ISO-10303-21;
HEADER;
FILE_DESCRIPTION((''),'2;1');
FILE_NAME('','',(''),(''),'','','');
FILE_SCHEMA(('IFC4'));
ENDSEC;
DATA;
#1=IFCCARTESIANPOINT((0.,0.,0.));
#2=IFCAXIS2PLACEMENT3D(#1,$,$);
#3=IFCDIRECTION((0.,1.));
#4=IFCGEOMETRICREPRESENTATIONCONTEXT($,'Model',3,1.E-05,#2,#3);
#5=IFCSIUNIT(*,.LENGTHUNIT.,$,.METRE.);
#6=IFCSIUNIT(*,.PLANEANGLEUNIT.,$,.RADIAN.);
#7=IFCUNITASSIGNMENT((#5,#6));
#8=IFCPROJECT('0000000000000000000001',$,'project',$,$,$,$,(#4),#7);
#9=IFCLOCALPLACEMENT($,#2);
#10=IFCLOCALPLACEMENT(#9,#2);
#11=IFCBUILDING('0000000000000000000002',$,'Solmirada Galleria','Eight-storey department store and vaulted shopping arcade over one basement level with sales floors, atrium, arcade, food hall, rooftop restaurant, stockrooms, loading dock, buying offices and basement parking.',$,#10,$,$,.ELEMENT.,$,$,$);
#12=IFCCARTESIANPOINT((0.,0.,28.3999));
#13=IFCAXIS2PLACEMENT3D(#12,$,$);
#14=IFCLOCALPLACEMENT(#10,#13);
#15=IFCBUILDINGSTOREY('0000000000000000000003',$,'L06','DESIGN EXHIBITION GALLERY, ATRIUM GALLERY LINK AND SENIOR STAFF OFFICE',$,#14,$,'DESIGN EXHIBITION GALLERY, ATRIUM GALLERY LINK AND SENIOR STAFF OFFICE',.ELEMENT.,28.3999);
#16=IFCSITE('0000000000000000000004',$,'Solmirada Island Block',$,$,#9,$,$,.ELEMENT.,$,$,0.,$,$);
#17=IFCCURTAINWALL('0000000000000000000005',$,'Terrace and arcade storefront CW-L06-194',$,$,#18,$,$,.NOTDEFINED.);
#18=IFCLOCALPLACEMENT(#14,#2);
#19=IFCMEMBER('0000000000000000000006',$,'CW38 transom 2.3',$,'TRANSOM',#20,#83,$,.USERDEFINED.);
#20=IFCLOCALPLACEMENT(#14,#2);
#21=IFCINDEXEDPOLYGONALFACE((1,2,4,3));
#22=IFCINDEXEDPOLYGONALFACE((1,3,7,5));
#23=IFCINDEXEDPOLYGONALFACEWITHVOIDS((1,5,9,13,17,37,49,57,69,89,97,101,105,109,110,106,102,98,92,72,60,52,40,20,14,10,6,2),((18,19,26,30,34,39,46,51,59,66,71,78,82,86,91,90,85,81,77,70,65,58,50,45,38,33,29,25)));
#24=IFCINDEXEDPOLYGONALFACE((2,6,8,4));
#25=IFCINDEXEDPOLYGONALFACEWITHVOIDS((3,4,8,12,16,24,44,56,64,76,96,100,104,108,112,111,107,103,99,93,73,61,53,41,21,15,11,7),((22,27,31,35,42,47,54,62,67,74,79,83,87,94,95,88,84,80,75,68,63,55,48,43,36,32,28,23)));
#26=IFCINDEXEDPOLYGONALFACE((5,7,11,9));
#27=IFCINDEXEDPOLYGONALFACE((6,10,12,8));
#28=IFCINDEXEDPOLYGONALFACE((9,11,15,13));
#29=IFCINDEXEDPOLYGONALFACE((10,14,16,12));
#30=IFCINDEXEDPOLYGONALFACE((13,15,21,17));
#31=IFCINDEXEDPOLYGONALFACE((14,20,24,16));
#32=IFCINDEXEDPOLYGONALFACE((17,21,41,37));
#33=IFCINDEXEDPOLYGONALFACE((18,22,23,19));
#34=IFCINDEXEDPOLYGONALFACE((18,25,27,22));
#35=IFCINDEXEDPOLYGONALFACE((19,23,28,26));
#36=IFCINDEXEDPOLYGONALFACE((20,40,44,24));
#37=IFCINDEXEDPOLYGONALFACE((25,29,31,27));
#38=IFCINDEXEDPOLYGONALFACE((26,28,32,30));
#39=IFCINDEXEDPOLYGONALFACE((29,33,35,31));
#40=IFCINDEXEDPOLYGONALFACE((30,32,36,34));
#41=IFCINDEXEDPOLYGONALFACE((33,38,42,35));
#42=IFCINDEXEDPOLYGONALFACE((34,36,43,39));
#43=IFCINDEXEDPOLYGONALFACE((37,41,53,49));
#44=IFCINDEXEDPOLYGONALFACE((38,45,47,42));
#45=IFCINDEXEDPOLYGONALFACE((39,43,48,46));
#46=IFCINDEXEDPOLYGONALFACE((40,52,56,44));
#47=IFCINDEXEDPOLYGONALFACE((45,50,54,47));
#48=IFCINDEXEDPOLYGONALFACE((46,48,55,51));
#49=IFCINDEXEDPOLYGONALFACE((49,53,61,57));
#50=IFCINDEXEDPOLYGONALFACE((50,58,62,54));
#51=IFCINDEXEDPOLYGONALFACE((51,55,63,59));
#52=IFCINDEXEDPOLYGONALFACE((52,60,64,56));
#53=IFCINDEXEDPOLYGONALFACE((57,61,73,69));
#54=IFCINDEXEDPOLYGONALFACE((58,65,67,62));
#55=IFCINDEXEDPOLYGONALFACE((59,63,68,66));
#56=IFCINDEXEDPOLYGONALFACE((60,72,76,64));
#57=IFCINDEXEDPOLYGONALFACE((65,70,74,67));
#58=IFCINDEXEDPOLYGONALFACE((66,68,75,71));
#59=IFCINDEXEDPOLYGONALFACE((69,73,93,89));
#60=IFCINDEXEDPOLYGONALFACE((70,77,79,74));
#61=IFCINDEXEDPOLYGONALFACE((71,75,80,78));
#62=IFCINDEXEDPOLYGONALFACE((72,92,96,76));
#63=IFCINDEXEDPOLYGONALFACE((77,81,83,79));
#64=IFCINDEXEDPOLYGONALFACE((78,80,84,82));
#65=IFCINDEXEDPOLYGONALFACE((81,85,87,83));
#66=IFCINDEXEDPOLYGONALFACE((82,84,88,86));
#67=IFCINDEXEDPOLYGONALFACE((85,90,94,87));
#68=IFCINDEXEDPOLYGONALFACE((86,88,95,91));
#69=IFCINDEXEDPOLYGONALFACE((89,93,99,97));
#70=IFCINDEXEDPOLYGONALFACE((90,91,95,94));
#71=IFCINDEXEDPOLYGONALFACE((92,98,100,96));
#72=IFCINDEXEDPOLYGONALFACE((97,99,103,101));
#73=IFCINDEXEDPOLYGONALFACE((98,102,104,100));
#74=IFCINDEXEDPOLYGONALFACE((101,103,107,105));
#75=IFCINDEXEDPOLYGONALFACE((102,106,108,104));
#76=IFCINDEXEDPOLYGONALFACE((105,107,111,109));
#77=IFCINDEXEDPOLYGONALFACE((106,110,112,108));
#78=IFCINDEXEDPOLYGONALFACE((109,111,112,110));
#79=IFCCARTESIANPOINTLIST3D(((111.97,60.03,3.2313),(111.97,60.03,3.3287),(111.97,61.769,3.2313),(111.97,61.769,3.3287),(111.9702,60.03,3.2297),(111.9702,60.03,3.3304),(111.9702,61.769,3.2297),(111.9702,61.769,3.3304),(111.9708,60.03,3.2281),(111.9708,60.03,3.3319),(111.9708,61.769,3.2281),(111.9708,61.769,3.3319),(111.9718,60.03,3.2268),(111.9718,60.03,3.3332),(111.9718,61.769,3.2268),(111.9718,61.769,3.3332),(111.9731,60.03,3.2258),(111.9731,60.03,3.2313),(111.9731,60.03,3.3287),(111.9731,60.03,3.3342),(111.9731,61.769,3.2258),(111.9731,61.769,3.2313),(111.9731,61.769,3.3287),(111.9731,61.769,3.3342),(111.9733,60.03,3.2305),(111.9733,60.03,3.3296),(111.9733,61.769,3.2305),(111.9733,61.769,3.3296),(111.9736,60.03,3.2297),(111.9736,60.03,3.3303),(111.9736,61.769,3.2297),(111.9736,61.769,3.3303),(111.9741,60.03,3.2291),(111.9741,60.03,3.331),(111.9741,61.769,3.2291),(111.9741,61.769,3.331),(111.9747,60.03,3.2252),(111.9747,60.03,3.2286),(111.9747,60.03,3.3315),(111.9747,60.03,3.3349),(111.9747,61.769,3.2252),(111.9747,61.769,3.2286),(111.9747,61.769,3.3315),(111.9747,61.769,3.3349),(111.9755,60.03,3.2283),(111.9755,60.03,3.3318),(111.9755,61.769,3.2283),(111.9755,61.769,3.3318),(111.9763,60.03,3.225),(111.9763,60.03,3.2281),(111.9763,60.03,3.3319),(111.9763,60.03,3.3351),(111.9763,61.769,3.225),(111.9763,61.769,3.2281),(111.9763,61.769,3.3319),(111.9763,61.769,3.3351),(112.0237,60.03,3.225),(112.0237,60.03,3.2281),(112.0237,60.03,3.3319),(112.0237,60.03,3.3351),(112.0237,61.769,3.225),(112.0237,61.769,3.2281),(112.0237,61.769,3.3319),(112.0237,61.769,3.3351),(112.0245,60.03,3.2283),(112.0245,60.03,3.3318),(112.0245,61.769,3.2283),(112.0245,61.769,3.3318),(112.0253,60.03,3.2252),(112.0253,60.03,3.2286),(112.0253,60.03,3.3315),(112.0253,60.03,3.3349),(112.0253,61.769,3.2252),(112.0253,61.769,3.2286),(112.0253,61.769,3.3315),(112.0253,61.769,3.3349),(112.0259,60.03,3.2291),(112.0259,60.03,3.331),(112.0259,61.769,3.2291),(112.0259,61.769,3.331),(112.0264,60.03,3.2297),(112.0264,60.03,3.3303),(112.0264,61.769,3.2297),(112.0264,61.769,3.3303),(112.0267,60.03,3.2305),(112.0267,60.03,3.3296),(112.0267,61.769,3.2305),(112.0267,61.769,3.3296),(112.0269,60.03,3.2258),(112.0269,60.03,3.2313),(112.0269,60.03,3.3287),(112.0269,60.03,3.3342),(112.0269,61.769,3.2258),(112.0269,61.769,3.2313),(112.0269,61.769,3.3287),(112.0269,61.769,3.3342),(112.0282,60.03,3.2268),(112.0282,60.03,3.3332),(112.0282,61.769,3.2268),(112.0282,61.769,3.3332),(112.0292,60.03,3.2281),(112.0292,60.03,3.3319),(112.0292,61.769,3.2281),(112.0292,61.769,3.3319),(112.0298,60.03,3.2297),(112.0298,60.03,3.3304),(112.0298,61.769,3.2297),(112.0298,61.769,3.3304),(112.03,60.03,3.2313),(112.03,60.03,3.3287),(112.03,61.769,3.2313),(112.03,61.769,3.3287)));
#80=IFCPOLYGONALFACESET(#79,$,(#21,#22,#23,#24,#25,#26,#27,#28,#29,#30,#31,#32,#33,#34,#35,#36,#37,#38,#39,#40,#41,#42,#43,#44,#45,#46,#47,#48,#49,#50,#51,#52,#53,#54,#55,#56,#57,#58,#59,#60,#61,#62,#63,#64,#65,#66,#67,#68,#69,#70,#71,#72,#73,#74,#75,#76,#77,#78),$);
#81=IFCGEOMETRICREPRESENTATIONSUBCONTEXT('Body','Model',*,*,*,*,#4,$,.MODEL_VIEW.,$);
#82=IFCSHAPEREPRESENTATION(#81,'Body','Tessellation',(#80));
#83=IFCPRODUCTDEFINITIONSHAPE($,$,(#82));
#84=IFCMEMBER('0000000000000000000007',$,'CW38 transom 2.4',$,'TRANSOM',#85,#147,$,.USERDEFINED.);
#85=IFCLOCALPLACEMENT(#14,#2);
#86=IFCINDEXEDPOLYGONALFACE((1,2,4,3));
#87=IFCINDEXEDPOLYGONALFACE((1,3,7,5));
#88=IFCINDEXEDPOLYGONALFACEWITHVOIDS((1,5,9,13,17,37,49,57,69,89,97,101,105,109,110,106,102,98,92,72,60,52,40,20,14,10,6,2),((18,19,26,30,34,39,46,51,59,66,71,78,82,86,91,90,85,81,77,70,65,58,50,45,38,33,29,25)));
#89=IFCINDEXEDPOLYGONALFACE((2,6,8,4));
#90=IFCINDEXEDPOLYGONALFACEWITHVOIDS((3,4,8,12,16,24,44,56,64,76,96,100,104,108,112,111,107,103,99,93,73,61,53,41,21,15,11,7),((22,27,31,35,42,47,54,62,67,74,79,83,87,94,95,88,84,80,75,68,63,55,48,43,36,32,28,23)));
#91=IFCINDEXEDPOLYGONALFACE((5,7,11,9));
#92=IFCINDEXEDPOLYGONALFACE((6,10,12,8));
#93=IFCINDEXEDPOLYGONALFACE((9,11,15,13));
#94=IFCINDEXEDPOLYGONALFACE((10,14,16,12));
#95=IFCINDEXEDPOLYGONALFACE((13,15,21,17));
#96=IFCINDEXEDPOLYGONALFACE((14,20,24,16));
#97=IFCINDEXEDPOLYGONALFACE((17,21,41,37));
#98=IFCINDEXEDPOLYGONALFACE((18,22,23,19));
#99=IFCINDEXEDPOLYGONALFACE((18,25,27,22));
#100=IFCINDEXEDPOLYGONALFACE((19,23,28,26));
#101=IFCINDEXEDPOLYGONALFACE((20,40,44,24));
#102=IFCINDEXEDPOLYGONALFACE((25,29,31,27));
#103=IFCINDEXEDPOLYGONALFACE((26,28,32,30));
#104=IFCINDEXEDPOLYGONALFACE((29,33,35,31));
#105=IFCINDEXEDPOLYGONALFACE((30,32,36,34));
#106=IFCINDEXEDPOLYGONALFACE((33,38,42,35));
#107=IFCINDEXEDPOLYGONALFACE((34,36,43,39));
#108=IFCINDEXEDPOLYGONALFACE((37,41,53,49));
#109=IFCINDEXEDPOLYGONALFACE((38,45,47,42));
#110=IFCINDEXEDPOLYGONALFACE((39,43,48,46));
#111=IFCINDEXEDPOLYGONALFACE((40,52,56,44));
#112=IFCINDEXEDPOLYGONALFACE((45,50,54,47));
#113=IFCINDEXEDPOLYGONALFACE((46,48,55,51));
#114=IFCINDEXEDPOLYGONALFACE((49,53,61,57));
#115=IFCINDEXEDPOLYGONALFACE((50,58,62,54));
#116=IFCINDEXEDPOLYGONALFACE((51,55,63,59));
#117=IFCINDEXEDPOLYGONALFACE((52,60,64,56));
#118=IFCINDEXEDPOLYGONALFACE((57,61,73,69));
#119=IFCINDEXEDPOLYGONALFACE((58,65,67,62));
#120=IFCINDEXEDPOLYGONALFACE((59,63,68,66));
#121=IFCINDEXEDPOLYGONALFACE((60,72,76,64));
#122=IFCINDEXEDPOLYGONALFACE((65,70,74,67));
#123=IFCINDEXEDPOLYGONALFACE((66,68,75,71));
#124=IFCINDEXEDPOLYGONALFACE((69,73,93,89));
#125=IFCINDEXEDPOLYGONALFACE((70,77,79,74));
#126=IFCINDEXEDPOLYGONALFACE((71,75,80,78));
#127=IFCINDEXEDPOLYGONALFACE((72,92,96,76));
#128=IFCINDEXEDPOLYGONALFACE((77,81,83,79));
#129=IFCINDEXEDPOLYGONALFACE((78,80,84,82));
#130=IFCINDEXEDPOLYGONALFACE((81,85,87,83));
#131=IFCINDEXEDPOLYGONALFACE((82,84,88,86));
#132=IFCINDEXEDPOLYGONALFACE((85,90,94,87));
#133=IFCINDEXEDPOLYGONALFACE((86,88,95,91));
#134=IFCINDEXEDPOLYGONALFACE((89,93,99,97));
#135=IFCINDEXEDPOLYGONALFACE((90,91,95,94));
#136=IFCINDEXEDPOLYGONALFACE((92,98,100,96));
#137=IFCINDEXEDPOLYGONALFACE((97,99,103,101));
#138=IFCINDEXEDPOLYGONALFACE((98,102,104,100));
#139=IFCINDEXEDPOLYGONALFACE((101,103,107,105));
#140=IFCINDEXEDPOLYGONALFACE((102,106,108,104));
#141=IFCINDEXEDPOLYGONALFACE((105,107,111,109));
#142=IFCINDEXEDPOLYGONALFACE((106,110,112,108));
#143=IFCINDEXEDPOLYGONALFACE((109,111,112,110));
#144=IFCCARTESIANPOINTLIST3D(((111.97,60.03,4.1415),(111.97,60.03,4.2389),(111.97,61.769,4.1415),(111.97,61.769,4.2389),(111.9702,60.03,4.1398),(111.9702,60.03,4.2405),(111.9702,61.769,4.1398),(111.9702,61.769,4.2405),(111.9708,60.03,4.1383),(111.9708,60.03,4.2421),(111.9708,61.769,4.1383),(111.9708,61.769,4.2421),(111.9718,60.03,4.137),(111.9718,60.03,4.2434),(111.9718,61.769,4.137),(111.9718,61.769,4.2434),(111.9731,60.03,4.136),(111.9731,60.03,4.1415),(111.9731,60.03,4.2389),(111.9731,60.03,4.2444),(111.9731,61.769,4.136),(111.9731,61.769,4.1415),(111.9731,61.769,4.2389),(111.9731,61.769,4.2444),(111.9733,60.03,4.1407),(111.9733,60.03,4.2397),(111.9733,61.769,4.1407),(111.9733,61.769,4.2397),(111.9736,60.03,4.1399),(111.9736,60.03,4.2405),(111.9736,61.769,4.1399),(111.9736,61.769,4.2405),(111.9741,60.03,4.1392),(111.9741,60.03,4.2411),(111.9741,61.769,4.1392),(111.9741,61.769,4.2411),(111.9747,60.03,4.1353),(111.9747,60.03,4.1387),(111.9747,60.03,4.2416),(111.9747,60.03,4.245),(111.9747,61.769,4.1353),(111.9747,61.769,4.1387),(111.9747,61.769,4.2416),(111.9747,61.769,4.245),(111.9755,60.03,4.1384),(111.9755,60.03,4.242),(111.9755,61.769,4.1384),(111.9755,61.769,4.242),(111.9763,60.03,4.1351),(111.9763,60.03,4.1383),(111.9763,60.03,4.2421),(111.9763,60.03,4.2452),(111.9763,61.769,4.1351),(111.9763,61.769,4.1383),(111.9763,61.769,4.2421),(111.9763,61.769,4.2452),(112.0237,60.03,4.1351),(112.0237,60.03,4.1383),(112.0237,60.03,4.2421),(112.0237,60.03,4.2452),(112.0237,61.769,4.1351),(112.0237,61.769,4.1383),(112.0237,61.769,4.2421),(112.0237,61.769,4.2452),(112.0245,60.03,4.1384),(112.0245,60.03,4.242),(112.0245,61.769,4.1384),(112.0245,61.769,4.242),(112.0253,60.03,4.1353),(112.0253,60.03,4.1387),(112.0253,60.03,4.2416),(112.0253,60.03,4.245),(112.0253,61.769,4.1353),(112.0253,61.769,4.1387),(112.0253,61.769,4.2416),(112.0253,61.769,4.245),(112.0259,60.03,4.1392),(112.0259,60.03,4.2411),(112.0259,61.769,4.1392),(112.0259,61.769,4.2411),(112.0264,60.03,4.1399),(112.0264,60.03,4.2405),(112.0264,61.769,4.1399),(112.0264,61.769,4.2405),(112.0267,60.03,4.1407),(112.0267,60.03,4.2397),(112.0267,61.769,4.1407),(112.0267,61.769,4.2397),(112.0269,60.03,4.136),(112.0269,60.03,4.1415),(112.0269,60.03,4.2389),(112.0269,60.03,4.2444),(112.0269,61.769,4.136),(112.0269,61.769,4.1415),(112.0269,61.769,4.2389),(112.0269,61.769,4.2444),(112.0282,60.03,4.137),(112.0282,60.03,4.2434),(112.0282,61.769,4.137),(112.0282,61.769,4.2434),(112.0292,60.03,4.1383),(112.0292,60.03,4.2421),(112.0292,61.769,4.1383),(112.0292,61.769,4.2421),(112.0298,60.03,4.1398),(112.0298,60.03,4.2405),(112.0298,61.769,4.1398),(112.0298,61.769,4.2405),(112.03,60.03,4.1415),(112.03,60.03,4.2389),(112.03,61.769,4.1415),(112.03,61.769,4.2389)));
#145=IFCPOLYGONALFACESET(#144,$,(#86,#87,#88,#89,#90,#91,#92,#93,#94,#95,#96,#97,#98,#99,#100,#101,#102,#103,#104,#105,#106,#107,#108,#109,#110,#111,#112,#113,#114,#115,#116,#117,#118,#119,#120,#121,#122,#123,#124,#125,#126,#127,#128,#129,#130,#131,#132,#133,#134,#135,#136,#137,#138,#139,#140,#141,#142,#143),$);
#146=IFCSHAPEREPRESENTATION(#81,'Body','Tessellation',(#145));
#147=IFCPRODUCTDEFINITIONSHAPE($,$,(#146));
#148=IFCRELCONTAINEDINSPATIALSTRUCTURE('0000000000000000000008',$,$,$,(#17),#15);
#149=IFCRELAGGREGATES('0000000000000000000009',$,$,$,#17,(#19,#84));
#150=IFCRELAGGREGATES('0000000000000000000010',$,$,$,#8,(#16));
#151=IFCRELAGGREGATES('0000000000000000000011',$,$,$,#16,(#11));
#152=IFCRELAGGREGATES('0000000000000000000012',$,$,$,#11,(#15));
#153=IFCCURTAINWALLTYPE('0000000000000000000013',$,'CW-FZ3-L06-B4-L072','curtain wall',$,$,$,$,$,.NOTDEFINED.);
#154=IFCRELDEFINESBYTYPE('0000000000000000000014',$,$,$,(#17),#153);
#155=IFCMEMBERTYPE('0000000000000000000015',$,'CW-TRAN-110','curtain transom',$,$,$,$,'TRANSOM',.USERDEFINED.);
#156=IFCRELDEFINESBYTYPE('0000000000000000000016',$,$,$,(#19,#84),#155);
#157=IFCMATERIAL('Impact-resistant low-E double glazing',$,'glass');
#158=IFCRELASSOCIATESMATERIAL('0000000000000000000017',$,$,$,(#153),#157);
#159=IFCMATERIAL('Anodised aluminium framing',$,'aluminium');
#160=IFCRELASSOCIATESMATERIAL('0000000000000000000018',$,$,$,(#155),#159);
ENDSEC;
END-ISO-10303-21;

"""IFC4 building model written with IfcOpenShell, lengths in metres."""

from ifc_helpers import new_model, si_unit, direction, frame, origin, origin_2d, place, context, subcontext, project, spatial, hollow_rectangle, extrude, material, material_profile, profile_set, type_object, element, aggregate, save


model = new_model("IFC4")

# Units and contexts
model_context = context("Model", 3, precision=1e-05, world=origin(), true_north=direction((0.0, 1.0)))
body_context = subcontext(model_context, "Body", "Model", "MODEL_VIEW")
ifc_project = project(units=[si_unit("LENGTHUNIT", "METRE"), si_unit("PLANEANGLEUNIT", "RADIAN")], contexts=[model_context])

# Site, building, storey
site_placement = place(None, origin())
site = spatial("IfcSite", under=ifc_project, at=site_placement, Name="Solmirada Island Block", CompositionType="ELEMENT", RefElevation=0.0)
building_placement = place(site_placement, origin())
building = spatial("IfcBuilding", under=site, at=building_placement, Name="Solmirada Galleria", Description="Eight-storey department store and vaulted shopping arcade over one basement level with sales floors, atrium, arcade, food hall, rooftop restaurant, stockrooms, loading dock, buying offices and basement parking.", CompositionType="ELEMENT")
storey_placement = place(building_placement, frame((0.0, 0.0, 28.3999)))
storey = spatial("IfcBuildingStorey", under=building, at=storey_placement, Name="L06", Description="DESIGN EXHIBITION GALLERY, ATRIUM GALLERY LINK AND SENIOR STAFF OFFICE", LongName="DESIGN EXHIBITION GALLERY, ATRIUM GALLERY LINK AND SENIOR STAFF OFFICE", CompositionType="ELEMENT", Elevation=28.3999)

# Curtain wall
ifc_material_1 = material(Name="Impact-resistant low-E double glazing", Category="glass")
curtain_wall_type = type_object("IfcCurtainWallType", Name="CW-FZ3-L06-B4-L072", Description="curtain wall", PredefinedType="NOTDEFINED", material=ifc_material_1)
curtain_wall_1_placement = place(storey_placement, origin())
curtain_wall_1 = element("IfcCurtainWall", 1, at=curtain_wall_1_placement, inside=storey, type_object=curtain_wall_type, Name="Terrace and arcade storefront CW-L06-194", PredefinedType="NOTDEFINED")
ifc_material_2 = material(Name="Anodised aluminium framing", Category="aluminium")

# Members
ifc_material_profile_1 = material_profile(ifc_material_2, hollow_rectangle(XDim=0.0601, YDim=0.1101, WallThickness=0.0032, InnerFilletRadius=0.0032, OuterFilletRadius=0.0063, at=origin_2d()), Name="ALU-TRAN-110X60")
ifc_profile_set_1 = profile_set([ifc_material_profile_1], Name="Anodised aluminium framing")
member_type_1 = type_object("IfcMemberType", Name="CW-TRAN-110", Description="curtain transom", ElementType="TRANSOM", PredefinedType="USERDEFINED", material=ifc_profile_set_1)
member_1_placement = place(storey_placement, frame((112.0, 61.769, 3.28), z_axis=(0.0, -1.0, 0.0), x_axis=(1.0, 0.0, 0.0)))
member_1 = element("IfcMember", 2, at=member_1_placement, type_object=member_type_1, Name="CW38 transom 2.3", ObjectType="TRANSOM", PredefinedType="USERDEFINED", context=body_context, shape_type="SweptSolid", body=[
    extrude(hollow_rectangle(XDim=0.0601, YDim=0.1101, WallThickness=0.0032, InnerFilletRadius=0.0032, OuterFilletRadius=0.0063, at=origin_2d()), origin(), (0.0, 0.0, 1.0), 1.739),
])
member_2_placement = place(storey_placement, frame((112.0, 61.769, 4.1902), z_axis=(0.0, -1.0, 0.0), x_axis=(1.0, 0.0, 0.0)))
member_2 = element("IfcMember", 3, at=member_2_placement, type_object=member_type_1, Name="CW38 transom 2.4", ObjectType="TRANSOM", PredefinedType="USERDEFINED", context=body_context, shape_type="SweptSolid", body=[
    extrude(hollow_rectangle(XDim=0.0601, YDim=0.1101, WallThickness=0.0032, InnerFilletRadius=0.0032, OuterFilletRadius=0.0063, at=origin_2d()), origin(), (0.0, 0.0, 1.0), 1.739),
])

aggregate(curtain_wall_1, [member_1, member_2])

save(model, "model.ifc")
